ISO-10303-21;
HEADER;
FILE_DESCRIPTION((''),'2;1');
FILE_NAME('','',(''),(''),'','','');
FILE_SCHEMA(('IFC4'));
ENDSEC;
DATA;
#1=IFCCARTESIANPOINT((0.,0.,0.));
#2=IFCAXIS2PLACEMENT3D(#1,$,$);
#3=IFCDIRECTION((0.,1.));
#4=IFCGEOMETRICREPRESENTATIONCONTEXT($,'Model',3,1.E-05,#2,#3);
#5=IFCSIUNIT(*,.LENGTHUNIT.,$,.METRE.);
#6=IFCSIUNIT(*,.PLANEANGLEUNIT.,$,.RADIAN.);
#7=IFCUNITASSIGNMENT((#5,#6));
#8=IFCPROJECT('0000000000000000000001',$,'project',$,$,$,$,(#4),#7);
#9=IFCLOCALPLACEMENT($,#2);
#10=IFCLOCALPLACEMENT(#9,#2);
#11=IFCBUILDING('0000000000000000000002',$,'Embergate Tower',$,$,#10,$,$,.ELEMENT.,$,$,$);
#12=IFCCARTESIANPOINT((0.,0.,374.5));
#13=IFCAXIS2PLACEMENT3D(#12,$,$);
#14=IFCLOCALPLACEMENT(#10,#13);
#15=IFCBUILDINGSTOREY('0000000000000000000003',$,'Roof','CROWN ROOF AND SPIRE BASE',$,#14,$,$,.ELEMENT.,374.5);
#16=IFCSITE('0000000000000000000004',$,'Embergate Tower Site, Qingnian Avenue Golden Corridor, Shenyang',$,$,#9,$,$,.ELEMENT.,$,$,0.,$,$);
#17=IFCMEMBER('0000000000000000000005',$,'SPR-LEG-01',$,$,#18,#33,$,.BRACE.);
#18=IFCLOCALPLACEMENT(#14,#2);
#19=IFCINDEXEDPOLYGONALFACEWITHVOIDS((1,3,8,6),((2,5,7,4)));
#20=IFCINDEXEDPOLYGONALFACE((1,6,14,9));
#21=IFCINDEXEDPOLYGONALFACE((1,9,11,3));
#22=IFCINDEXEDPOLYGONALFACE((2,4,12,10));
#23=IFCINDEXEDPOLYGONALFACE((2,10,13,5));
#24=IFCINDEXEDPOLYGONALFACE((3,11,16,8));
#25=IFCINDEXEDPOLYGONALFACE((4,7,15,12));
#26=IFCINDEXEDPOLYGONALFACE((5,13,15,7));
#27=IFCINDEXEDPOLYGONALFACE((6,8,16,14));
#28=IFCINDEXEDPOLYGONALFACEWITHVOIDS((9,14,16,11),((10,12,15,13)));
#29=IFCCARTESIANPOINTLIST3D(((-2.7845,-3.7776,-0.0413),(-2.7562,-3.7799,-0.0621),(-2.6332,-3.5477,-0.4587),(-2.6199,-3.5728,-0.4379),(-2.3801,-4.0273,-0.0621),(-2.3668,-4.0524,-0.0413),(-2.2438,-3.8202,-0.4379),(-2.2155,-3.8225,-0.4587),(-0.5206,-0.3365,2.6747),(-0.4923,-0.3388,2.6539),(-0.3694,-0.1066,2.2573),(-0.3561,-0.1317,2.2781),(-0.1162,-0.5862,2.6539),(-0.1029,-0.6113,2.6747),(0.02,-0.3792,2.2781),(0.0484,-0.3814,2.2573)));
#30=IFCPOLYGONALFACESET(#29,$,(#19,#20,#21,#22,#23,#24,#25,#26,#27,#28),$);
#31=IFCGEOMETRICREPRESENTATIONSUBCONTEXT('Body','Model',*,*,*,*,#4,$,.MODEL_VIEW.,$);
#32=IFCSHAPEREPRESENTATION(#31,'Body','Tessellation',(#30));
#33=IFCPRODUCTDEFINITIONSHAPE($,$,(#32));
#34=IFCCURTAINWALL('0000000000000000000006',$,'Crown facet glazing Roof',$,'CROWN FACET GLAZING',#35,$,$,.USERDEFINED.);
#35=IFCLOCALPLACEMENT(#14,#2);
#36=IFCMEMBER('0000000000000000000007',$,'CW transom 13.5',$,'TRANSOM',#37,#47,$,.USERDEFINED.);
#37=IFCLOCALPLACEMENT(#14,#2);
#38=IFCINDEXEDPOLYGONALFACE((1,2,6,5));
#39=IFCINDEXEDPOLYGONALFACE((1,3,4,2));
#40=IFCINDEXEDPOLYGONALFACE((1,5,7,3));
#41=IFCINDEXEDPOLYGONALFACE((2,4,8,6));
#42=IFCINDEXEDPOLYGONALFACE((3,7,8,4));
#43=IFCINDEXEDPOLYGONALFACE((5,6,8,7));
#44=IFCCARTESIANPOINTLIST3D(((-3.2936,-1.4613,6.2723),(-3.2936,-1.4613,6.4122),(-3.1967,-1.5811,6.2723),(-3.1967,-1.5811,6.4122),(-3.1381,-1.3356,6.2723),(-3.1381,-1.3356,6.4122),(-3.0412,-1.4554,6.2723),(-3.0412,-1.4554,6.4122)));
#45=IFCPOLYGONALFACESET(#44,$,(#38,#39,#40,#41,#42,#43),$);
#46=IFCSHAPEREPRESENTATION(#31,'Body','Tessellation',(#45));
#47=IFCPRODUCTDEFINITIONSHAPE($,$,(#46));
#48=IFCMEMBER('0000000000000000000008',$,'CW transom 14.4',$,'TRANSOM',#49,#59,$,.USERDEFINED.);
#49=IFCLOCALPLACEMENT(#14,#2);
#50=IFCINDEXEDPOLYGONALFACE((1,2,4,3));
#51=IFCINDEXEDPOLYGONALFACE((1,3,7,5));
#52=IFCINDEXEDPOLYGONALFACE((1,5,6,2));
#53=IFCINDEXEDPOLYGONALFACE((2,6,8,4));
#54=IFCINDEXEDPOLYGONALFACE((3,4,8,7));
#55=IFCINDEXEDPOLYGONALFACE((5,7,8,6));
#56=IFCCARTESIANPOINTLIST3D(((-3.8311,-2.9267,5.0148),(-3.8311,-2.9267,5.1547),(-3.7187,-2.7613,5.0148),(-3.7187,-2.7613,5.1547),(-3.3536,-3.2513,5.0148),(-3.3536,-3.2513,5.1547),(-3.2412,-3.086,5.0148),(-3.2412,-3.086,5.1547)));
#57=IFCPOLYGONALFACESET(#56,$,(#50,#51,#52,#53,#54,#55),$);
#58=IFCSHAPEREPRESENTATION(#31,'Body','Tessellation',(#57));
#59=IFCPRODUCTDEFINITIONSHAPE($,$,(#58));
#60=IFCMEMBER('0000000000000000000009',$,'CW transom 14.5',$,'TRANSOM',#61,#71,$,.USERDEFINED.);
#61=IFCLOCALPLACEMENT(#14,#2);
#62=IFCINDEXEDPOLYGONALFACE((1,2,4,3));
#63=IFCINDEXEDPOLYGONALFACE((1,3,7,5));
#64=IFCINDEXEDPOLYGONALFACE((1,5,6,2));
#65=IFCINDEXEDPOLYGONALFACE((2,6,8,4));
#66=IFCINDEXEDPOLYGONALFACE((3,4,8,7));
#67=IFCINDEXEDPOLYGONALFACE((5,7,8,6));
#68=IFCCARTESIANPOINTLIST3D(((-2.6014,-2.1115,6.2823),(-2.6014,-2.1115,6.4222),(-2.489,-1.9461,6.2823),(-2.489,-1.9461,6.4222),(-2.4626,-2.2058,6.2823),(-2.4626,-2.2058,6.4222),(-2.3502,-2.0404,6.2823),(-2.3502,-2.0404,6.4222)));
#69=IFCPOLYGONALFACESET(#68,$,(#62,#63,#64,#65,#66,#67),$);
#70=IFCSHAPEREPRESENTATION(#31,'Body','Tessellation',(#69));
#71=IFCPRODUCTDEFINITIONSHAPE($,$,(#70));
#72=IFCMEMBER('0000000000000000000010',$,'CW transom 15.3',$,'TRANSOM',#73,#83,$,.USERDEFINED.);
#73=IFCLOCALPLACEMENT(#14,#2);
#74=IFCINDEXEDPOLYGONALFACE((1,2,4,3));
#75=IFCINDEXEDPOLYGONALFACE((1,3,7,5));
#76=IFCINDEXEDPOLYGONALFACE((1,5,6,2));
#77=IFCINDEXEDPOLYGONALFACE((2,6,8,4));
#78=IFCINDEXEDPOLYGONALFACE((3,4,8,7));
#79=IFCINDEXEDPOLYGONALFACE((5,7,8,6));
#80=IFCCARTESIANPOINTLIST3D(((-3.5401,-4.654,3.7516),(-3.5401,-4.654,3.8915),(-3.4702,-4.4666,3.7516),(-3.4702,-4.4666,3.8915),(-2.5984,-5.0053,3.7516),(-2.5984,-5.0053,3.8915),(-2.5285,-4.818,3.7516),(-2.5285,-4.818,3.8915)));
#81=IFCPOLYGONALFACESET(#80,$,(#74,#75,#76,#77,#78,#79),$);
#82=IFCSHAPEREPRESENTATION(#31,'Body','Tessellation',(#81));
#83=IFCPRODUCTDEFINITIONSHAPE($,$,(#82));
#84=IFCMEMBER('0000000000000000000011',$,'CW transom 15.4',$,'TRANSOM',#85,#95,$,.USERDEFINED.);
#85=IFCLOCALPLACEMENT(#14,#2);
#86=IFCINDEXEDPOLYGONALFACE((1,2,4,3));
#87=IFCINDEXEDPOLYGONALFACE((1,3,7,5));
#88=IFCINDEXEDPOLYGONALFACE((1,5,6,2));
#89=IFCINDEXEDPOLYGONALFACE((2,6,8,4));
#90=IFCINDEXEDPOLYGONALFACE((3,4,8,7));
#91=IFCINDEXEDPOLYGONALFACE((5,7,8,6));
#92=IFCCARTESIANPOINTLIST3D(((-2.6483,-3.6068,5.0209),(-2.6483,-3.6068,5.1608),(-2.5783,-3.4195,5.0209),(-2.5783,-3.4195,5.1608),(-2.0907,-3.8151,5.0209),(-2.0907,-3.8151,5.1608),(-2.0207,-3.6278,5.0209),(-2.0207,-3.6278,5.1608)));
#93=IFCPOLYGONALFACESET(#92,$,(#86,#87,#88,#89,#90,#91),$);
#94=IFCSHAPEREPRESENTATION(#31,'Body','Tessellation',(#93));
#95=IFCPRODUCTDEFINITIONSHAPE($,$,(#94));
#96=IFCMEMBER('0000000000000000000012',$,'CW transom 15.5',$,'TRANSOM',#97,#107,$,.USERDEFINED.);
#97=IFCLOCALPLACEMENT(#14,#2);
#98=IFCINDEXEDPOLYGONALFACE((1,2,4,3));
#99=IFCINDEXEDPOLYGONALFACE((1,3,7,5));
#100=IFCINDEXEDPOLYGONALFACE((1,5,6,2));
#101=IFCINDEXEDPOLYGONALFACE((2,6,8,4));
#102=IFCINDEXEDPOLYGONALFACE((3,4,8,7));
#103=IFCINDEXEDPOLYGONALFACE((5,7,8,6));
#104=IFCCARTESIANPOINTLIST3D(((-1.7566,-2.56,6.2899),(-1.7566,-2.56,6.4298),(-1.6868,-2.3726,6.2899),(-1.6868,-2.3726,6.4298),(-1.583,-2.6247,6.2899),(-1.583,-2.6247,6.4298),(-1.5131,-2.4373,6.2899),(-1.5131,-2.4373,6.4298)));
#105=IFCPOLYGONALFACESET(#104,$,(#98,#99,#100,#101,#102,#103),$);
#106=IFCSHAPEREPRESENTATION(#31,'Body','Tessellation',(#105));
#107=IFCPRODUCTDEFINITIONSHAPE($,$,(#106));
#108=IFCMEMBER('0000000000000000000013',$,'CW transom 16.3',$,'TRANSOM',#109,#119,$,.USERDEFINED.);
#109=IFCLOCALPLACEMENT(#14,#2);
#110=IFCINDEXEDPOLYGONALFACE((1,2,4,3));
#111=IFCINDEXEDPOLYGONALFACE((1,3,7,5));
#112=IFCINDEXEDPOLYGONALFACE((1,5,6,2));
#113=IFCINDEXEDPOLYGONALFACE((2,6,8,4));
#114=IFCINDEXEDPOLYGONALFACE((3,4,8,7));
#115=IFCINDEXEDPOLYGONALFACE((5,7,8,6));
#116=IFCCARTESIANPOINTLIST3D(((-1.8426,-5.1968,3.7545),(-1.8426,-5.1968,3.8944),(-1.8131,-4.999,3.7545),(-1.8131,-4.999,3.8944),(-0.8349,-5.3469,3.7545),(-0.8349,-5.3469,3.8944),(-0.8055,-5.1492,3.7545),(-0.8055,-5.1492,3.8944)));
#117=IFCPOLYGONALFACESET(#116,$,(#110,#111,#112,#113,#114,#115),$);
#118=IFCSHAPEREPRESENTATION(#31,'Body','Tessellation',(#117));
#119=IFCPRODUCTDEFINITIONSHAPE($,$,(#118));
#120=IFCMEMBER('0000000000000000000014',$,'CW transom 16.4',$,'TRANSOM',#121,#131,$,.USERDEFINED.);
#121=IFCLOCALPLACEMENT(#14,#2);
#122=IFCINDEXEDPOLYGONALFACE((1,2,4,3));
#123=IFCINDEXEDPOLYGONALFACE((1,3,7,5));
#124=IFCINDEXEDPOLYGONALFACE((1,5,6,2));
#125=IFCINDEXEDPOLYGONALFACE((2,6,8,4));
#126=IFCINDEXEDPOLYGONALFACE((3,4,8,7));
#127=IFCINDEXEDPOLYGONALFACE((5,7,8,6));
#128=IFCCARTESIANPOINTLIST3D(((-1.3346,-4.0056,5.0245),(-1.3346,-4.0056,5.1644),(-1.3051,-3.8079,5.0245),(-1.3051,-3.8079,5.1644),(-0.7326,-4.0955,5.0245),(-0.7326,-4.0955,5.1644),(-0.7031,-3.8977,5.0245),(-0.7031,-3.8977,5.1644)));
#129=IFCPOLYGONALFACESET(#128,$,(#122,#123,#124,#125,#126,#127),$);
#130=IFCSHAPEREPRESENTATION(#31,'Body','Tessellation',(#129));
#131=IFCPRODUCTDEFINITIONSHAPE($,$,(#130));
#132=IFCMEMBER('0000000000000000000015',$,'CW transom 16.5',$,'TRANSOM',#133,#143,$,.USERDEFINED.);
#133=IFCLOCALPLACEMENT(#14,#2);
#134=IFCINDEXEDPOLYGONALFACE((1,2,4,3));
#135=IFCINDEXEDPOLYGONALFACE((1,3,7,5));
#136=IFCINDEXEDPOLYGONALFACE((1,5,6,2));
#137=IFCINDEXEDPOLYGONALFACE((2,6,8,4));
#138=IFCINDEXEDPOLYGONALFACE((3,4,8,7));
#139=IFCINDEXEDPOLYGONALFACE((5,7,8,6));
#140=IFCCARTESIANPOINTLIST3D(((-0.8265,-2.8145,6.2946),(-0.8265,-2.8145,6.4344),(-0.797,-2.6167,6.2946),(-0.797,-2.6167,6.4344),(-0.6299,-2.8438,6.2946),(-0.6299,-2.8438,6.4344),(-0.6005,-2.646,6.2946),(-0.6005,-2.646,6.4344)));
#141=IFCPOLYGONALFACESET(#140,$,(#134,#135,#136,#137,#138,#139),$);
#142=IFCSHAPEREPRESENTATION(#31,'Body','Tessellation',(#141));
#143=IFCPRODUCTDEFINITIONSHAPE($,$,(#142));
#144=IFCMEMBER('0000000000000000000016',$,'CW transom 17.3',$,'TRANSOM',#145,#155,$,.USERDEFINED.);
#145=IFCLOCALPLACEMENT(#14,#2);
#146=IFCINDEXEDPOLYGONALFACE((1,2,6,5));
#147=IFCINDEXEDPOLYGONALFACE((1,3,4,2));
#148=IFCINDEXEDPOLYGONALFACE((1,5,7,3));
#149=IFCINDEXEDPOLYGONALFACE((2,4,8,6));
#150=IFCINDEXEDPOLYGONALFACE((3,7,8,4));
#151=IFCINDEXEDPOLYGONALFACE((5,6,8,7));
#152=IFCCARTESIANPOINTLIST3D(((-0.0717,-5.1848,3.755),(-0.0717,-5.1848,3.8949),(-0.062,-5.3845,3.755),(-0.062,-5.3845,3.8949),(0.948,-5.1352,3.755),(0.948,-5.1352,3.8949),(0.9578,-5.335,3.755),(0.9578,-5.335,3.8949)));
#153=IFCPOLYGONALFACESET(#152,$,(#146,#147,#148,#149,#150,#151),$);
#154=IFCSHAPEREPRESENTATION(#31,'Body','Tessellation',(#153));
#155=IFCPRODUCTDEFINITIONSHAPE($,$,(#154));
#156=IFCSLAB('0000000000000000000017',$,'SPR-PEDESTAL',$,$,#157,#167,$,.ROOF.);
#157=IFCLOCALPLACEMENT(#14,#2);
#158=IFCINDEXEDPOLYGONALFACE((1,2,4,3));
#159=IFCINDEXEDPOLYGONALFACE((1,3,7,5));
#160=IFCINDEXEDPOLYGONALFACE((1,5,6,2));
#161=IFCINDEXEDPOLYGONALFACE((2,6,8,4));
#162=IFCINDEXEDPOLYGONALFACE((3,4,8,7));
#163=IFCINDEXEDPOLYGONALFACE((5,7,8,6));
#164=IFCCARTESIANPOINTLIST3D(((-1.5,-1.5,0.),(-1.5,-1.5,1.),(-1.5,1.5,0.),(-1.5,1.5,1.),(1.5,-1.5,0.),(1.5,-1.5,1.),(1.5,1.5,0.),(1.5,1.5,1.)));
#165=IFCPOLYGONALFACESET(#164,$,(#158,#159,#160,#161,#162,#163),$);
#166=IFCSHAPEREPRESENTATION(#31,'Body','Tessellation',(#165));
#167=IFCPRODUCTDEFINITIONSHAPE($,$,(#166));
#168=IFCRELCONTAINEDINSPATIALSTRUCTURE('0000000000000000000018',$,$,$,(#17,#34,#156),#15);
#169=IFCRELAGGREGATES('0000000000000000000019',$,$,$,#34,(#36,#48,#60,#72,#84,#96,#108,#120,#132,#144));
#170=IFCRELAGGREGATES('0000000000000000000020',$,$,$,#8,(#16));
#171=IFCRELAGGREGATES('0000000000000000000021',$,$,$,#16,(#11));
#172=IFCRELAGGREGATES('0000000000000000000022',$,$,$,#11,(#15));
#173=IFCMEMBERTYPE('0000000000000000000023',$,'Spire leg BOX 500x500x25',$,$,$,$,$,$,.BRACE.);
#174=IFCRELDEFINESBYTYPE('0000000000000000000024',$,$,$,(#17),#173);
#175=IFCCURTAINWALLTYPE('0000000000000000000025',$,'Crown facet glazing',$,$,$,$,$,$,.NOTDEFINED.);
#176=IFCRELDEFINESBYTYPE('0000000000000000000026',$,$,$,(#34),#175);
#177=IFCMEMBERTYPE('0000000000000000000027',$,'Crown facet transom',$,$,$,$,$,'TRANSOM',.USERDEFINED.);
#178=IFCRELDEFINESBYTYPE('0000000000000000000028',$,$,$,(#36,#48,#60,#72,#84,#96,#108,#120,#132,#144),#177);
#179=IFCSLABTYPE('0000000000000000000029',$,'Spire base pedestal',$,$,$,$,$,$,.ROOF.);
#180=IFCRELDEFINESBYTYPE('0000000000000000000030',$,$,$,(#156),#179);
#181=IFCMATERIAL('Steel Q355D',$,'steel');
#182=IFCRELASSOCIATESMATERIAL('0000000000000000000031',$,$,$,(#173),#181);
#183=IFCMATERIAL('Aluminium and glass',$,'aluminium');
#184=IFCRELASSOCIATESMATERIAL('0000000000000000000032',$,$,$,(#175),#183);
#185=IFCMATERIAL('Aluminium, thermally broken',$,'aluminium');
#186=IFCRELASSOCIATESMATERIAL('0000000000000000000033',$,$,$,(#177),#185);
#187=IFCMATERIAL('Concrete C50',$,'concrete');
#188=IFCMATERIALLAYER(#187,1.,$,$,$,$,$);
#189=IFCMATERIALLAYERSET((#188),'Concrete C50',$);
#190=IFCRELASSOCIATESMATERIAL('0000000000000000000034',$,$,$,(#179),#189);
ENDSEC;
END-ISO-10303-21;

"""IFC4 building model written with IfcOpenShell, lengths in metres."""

from ifc_helpers import new_model, si_unit, direction, frame, origin, origin_2d, place, context, subcontext, project, spatial, polyline, rectangle, hollow_rectangle, outline, extrude, source, transform, mapped, material, layer, layer_set, material_profile, profile_set, type_object, element, aggregate, save


model = new_model("IFC4")

# Units and contexts
model_context = context("Model", 3, precision=1e-05, world=origin(), true_north=direction((0.0, 1.0)))
body_context = subcontext(model_context, "Body", "Model", "MODEL_VIEW")
ifc_project = project(units=[si_unit("LENGTHUNIT", "METRE"), si_unit("PLANEANGLEUNIT", "RADIAN")], contexts=[model_context])

# Site, building, storey
site_placement = place(None, origin())
site = spatial("IfcSite", under=ifc_project, at=site_placement, Name="Embergate Tower Site, Qingnian Avenue Golden Corridor, Shenyang", CompositionType="ELEMENT", RefElevation=0.0)
building_placement = place(site_placement, origin())
building = spatial("IfcBuilding", under=site, at=building_placement, Name="Embergate Tower", CompositionType="ELEMENT")
storey_placement = place(building_placement, frame((0.0, 0.0, 374.5)))
storey = spatial("IfcBuildingStorey", under=building, at=storey_placement, Name="Roof", Description="CROWN ROOF AND SPIRE BASE", CompositionType="ELEMENT", Elevation=374.5)

# Member
ifc_material_1 = material(Name="Steel Q355D", Category="steel")
ifc_material_profile_1 = material_profile(ifc_material_1, hollow_rectangle(XDim=0.5, YDim=0.5, WallThickness=0.0249, at=origin_2d()), Name="BOX 500x500x25")
ifc_profile_set_1 = profile_set([ifc_material_profile_1], Name="Steel Q355 grade D")
member_type_1 = type_object("IfcMemberType", Name="Spire leg BOX 500x500x25", PredefinedType="BRACE", material=ifc_profile_set_1)
shared_shape_1 = source(origin(), body_context, "Body", "SweptSolid", [
    extrude(hollow_rectangle(XDim=0.5, YDim=0.5, WallThickness=0.0249, at=origin_2d()), origin(), (0.0, 0.0, 1.0), 4.9338),
])
member_1_placement = place(storey_placement, frame((-2.5, -3.8, -0.25), z_axis=(0.458844, 0.697445, 0.550484), x_axis=(-0.835418, 0.549615, 0.0)))
element("IfcMember", 1, at=member_1_placement, inside=storey, type_object=member_type_1, Name="SPR-LEG-01", PredefinedType="BRACE", context=body_context, shape_type="MappedRepresentation", body=[
    mapped(shared_shape_1, transform((0.0, 0.0, 0.0))),
])

# Curtain wall, members
ifc_material_2 = material(Name="Aluminium and glass", Category="aluminium")
curtain_wall_type = type_object("IfcCurtainWallType", Name="Crown facet glazing", PredefinedType="NOTDEFINED", material=ifc_material_2)
curtain_wall_placement = place(storey_placement, origin())
curtain_wall = element("IfcCurtainWall", 2, at=curtain_wall_placement, inside=storey, type_object=curtain_wall_type, Name="Crown facet glazing Roof", ObjectType="CROWN FACET GLAZING", PredefinedType="USERDEFINED")
ifc_material_3 = material(Name="Aluminium, thermally broken", Category="aluminium")
ifc_material_profile_2 = material_profile(ifc_material_3, rectangle(XDim=0.2, YDim=0.1399, at=origin_2d()), Name="AL 140x200")
ifc_profile_set_2 = profile_set([ifc_material_profile_2], Name="Aluminium, thermally broken")
member_type_2 = type_object("IfcMemberType", Name="Crown facet transom", ElementType="TRANSOM", PredefinedType="USERDEFINED", material=ifc_profile_set_2)
shared_shape_2 = source(origin(), body_context, "Body", "SweptSolid", [
    extrude(rectangle(XDim=0.2, YDim=0.1399, at=origin_2d()), origin(), (0.0, 0.0, 1.0), 0.1541),
])
member_2_placement = place(storey_placement, frame((-3.2158, -1.3984, 6.3423), z_axis=(0.628743, -0.777614, 0.0), x_axis=(0.777614, 0.628743, 0.0)))
member_2 = element("IfcMember", 3, at=member_2_placement, type_object=member_type_2, Name="CW transom 13.5", ObjectType="TRANSOM", PredefinedType="USERDEFINED", context=body_context, shape_type="MappedRepresentation", body=[
    mapped(shared_shape_2, transform((0.0, 0.0, 0.0))),
])
shared_shape_3 = source(origin(), body_context, "Body", "SweptSolid", [
    extrude(rectangle(XDim=0.2, YDim=0.1399, at=origin_2d()), origin(), (0.0, 0.0, 1.0), 0.5774),
])
member_3_placement = place(storey_placement, frame((-3.7749, -2.844, 5.0847), z_axis=(0.826942, -0.562287, 0.0), x_axis=(0.562287, 0.826942, 0.0)))
member_3 = element("IfcMember", 4, at=member_3_placement, type_object=member_type_2, Name="CW transom 14.4", ObjectType="TRANSOM", PredefinedType="USERDEFINED", context=body_context, shape_type="MappedRepresentation", body=[
    mapped(shared_shape_3, transform((0.0, 0.0, 0.0))),
])
shared_shape_4 = source(origin(), body_context, "Body", "SweptSolid", [
    extrude(rectangle(XDim=0.2, YDim=0.1399, at=origin_2d()), origin(), (0.0, 0.0, 1.0), 0.1677),
])
member_4_placement = place(storey_placement, frame((-2.5452, -2.0288, 6.3523), z_axis=(0.827089, -0.562071, 0.0), x_axis=(0.562071, 0.827089, 0.0)))
member_4 = element("IfcMember", 5, at=member_4_placement, type_object=member_type_2, Name="CW transom 14.5", ObjectType="TRANSOM", PredefinedType="USERDEFINED", context=body_context, shape_type="MappedRepresentation", body=[
    mapped(shared_shape_4, transform((0.0, 0.0, 0.0))),
])
shared_shape_5 = source(origin(), body_context, "Body", "SweptSolid", [
    extrude(rectangle(XDim=0.2, YDim=0.1399, at=origin_2d()), origin(), (0.0, 0.0, 1.0), 1.0051),
])
member_5_placement = place(storey_placement, frame((-3.5051, -4.5603, 3.8215), z_axis=(0.936917, -0.349552, 0.0), x_axis=(0.349552, 0.936917, 0.0)))
member_5 = element("IfcMember", 6, at=member_5_placement, type_object=member_type_2, Name="CW transom 15.3", ObjectType="TRANSOM", PredefinedType="USERDEFINED", context=body_context, shape_type="MappedRepresentation", body=[
    mapped(shared_shape_5, transform((0.0, 0.0, 0.0))),
])
shared_shape_6 = source(origin(), body_context, "Body", "SweptSolid", [
    extrude(rectangle(XDim=0.2, YDim=0.1399, at=origin_2d()), origin(), (0.0, 0.0, 1.0), 0.5952),
])
member_6_placement = place(storey_placement, frame((-2.6133, -3.5132, 5.0908), z_axis=(0.9368, -0.349865, 0.0), x_axis=(0.349865, 0.9368, 0.0)))
member_6 = element("IfcMember", 7, at=member_6_placement, type_object=member_type_2, Name="CW transom 15.4", ObjectType="TRANSOM", PredefinedType="USERDEFINED", context=body_context, shape_type="MappedRepresentation", body=[
    mapped(shared_shape_6, transform((0.0, 0.0, 0.0))),
])
shared_shape_7 = source(origin(), body_context, "Body", "SweptSolid", [
    extrude(rectangle(XDim=0.2, YDim=0.1399, at=origin_2d()), origin(), (0.0, 0.0, 1.0), 0.1853),
])
member_7_placement = place(storey_placement, frame((-1.7217, -2.4663, 6.3599), z_axis=(0.937031, -0.349245, 0.0), x_axis=(0.349245, 0.937031, 0.0)))
member_7 = element("IfcMember", 8, at=member_7_placement, type_object=member_type_2, Name="CW transom 15.5", ObjectType="TRANSOM", PredefinedType="USERDEFINED", context=body_context, shape_type="MappedRepresentation", body=[
    mapped(shared_shape_7, transform((0.0, 0.0, 0.0))),
])
shared_shape_8 = source(origin(), body_context, "Body", "SweptSolid", [
    extrude(rectangle(XDim=0.2, YDim=0.1399, at=origin_2d()), origin(), (0.0, 0.0, 1.0), 1.0188),
])
member_8_placement = place(storey_placement, frame((-1.8279, -5.0979, 3.8245), z_axis=(0.989078, -0.147391, 0.0), x_axis=(0.147391, 0.989078, 0.0)))
member_8 = element("IfcMember", 9, at=member_8_placement, type_object=member_type_2, Name="CW transom 16.3", ObjectType="TRANSOM", PredefinedType="USERDEFINED", context=body_context, shape_type="MappedRepresentation", body=[
    mapped(shared_shape_8, transform((0.0, 0.0, 0.0))),
])
shared_shape_9 = source(origin(), body_context, "Body", "SweptSolid", [
    extrude(rectangle(XDim=0.2, YDim=0.1399, at=origin_2d()), origin(), (0.0, 0.0, 1.0), 0.6086),
])
member_9_placement = place(storey_placement, frame((-1.3198, -3.9067, 5.0945), z_axis=(0.989048, -0.147595, 0.0), x_axis=(0.147595, 0.989048, 0.0)))
member_9 = element("IfcMember", 10, at=member_9_placement, type_object=member_type_2, Name="CW transom 16.4", ObjectType="TRANSOM", PredefinedType="USERDEFINED", context=body_context, shape_type="MappedRepresentation", body=[
    mapped(shared_shape_9, transform((0.0, 0.0, 0.0))),
])
shared_shape_10 = source(origin(), body_context, "Body", "SweptSolid", [
    extrude(rectangle(XDim=0.2, YDim=0.1399, at=origin_2d()), origin(), (0.0, 0.0, 1.0), 0.1987),
])
member_10_placement = place(storey_placement, frame((-0.8118, -2.7156, 6.3645), z_axis=(0.989071, -0.147439, 0.0), x_axis=(0.147439, 0.989071, 0.0)))
member_10 = element("IfcMember", 11, at=member_10_placement, type_object=member_type_2, Name="CW transom 16.5", ObjectType="TRANSOM", PredefinedType="USERDEFINED", context=body_context, shape_type="MappedRepresentation", body=[
    mapped(shared_shape_10, transform((0.0, 0.0, 0.0))),
])
shared_shape_11 = source(origin(), body_context, "Body", "SweptSolid", [
    extrude(rectangle(XDim=0.2, YDim=0.1399, at=origin_2d()), origin(), (0.0, 0.0, 1.0), 1.021),
])
member_11_placement = place(storey_placement, frame((-0.0669, -5.2847, 3.825), z_axis=(0.998821, 0.048542, 0.0), x_axis=(-0.048542, 0.998821, 0.0)))
member_11 = element("IfcMember", 12, at=member_11_placement, type_object=member_type_2, Name="CW transom 17.3", ObjectType="TRANSOM", PredefinedType="USERDEFINED", context=body_context, shape_type="MappedRepresentation", body=[
    mapped(shared_shape_11, transform((0.0, 0.0, 0.0))),
])

# Slab
ifc_material_4 = material(Name="Concrete C50", Category="concrete")
ifc_layer_1 = layer(ifc_material_4, 1.0)
ifc_layer_set_1 = layer_set([ifc_layer_1], Name="Concrete C50")
slab_type = type_object("IfcSlabType", Name="Spire base pedestal", PredefinedType="ROOF", material=ifc_layer_set_1)
shared_shape_12 = source(origin(), body_context, "Body", "SweptSolid", [
    extrude(outline(polyline([(0.0, 0.0), (3.0, 0.0), (3.0, 3.0), (0.0, 3.0), (0.0, 0.0)])), origin(), (0.0, 0.0, 1.0), 1.0),
])
slab_placement = place(storey_placement, frame((-1.5, -1.5, 0.0)))
element("IfcSlab", 13, at=slab_placement, inside=storey, type_object=slab_type, Name="SPR-PEDESTAL", PredefinedType="ROOF", context=body_context, shape_type="MappedRepresentation", body=[
    mapped(shared_shape_12, transform((0.0, 0.0, 0.0))),
])

aggregate(curtain_wall, [member_2, member_3, member_4, member_5, member_6, member_7, member_8, member_9, member_10, member_11])

save(model, "model.ifc")
